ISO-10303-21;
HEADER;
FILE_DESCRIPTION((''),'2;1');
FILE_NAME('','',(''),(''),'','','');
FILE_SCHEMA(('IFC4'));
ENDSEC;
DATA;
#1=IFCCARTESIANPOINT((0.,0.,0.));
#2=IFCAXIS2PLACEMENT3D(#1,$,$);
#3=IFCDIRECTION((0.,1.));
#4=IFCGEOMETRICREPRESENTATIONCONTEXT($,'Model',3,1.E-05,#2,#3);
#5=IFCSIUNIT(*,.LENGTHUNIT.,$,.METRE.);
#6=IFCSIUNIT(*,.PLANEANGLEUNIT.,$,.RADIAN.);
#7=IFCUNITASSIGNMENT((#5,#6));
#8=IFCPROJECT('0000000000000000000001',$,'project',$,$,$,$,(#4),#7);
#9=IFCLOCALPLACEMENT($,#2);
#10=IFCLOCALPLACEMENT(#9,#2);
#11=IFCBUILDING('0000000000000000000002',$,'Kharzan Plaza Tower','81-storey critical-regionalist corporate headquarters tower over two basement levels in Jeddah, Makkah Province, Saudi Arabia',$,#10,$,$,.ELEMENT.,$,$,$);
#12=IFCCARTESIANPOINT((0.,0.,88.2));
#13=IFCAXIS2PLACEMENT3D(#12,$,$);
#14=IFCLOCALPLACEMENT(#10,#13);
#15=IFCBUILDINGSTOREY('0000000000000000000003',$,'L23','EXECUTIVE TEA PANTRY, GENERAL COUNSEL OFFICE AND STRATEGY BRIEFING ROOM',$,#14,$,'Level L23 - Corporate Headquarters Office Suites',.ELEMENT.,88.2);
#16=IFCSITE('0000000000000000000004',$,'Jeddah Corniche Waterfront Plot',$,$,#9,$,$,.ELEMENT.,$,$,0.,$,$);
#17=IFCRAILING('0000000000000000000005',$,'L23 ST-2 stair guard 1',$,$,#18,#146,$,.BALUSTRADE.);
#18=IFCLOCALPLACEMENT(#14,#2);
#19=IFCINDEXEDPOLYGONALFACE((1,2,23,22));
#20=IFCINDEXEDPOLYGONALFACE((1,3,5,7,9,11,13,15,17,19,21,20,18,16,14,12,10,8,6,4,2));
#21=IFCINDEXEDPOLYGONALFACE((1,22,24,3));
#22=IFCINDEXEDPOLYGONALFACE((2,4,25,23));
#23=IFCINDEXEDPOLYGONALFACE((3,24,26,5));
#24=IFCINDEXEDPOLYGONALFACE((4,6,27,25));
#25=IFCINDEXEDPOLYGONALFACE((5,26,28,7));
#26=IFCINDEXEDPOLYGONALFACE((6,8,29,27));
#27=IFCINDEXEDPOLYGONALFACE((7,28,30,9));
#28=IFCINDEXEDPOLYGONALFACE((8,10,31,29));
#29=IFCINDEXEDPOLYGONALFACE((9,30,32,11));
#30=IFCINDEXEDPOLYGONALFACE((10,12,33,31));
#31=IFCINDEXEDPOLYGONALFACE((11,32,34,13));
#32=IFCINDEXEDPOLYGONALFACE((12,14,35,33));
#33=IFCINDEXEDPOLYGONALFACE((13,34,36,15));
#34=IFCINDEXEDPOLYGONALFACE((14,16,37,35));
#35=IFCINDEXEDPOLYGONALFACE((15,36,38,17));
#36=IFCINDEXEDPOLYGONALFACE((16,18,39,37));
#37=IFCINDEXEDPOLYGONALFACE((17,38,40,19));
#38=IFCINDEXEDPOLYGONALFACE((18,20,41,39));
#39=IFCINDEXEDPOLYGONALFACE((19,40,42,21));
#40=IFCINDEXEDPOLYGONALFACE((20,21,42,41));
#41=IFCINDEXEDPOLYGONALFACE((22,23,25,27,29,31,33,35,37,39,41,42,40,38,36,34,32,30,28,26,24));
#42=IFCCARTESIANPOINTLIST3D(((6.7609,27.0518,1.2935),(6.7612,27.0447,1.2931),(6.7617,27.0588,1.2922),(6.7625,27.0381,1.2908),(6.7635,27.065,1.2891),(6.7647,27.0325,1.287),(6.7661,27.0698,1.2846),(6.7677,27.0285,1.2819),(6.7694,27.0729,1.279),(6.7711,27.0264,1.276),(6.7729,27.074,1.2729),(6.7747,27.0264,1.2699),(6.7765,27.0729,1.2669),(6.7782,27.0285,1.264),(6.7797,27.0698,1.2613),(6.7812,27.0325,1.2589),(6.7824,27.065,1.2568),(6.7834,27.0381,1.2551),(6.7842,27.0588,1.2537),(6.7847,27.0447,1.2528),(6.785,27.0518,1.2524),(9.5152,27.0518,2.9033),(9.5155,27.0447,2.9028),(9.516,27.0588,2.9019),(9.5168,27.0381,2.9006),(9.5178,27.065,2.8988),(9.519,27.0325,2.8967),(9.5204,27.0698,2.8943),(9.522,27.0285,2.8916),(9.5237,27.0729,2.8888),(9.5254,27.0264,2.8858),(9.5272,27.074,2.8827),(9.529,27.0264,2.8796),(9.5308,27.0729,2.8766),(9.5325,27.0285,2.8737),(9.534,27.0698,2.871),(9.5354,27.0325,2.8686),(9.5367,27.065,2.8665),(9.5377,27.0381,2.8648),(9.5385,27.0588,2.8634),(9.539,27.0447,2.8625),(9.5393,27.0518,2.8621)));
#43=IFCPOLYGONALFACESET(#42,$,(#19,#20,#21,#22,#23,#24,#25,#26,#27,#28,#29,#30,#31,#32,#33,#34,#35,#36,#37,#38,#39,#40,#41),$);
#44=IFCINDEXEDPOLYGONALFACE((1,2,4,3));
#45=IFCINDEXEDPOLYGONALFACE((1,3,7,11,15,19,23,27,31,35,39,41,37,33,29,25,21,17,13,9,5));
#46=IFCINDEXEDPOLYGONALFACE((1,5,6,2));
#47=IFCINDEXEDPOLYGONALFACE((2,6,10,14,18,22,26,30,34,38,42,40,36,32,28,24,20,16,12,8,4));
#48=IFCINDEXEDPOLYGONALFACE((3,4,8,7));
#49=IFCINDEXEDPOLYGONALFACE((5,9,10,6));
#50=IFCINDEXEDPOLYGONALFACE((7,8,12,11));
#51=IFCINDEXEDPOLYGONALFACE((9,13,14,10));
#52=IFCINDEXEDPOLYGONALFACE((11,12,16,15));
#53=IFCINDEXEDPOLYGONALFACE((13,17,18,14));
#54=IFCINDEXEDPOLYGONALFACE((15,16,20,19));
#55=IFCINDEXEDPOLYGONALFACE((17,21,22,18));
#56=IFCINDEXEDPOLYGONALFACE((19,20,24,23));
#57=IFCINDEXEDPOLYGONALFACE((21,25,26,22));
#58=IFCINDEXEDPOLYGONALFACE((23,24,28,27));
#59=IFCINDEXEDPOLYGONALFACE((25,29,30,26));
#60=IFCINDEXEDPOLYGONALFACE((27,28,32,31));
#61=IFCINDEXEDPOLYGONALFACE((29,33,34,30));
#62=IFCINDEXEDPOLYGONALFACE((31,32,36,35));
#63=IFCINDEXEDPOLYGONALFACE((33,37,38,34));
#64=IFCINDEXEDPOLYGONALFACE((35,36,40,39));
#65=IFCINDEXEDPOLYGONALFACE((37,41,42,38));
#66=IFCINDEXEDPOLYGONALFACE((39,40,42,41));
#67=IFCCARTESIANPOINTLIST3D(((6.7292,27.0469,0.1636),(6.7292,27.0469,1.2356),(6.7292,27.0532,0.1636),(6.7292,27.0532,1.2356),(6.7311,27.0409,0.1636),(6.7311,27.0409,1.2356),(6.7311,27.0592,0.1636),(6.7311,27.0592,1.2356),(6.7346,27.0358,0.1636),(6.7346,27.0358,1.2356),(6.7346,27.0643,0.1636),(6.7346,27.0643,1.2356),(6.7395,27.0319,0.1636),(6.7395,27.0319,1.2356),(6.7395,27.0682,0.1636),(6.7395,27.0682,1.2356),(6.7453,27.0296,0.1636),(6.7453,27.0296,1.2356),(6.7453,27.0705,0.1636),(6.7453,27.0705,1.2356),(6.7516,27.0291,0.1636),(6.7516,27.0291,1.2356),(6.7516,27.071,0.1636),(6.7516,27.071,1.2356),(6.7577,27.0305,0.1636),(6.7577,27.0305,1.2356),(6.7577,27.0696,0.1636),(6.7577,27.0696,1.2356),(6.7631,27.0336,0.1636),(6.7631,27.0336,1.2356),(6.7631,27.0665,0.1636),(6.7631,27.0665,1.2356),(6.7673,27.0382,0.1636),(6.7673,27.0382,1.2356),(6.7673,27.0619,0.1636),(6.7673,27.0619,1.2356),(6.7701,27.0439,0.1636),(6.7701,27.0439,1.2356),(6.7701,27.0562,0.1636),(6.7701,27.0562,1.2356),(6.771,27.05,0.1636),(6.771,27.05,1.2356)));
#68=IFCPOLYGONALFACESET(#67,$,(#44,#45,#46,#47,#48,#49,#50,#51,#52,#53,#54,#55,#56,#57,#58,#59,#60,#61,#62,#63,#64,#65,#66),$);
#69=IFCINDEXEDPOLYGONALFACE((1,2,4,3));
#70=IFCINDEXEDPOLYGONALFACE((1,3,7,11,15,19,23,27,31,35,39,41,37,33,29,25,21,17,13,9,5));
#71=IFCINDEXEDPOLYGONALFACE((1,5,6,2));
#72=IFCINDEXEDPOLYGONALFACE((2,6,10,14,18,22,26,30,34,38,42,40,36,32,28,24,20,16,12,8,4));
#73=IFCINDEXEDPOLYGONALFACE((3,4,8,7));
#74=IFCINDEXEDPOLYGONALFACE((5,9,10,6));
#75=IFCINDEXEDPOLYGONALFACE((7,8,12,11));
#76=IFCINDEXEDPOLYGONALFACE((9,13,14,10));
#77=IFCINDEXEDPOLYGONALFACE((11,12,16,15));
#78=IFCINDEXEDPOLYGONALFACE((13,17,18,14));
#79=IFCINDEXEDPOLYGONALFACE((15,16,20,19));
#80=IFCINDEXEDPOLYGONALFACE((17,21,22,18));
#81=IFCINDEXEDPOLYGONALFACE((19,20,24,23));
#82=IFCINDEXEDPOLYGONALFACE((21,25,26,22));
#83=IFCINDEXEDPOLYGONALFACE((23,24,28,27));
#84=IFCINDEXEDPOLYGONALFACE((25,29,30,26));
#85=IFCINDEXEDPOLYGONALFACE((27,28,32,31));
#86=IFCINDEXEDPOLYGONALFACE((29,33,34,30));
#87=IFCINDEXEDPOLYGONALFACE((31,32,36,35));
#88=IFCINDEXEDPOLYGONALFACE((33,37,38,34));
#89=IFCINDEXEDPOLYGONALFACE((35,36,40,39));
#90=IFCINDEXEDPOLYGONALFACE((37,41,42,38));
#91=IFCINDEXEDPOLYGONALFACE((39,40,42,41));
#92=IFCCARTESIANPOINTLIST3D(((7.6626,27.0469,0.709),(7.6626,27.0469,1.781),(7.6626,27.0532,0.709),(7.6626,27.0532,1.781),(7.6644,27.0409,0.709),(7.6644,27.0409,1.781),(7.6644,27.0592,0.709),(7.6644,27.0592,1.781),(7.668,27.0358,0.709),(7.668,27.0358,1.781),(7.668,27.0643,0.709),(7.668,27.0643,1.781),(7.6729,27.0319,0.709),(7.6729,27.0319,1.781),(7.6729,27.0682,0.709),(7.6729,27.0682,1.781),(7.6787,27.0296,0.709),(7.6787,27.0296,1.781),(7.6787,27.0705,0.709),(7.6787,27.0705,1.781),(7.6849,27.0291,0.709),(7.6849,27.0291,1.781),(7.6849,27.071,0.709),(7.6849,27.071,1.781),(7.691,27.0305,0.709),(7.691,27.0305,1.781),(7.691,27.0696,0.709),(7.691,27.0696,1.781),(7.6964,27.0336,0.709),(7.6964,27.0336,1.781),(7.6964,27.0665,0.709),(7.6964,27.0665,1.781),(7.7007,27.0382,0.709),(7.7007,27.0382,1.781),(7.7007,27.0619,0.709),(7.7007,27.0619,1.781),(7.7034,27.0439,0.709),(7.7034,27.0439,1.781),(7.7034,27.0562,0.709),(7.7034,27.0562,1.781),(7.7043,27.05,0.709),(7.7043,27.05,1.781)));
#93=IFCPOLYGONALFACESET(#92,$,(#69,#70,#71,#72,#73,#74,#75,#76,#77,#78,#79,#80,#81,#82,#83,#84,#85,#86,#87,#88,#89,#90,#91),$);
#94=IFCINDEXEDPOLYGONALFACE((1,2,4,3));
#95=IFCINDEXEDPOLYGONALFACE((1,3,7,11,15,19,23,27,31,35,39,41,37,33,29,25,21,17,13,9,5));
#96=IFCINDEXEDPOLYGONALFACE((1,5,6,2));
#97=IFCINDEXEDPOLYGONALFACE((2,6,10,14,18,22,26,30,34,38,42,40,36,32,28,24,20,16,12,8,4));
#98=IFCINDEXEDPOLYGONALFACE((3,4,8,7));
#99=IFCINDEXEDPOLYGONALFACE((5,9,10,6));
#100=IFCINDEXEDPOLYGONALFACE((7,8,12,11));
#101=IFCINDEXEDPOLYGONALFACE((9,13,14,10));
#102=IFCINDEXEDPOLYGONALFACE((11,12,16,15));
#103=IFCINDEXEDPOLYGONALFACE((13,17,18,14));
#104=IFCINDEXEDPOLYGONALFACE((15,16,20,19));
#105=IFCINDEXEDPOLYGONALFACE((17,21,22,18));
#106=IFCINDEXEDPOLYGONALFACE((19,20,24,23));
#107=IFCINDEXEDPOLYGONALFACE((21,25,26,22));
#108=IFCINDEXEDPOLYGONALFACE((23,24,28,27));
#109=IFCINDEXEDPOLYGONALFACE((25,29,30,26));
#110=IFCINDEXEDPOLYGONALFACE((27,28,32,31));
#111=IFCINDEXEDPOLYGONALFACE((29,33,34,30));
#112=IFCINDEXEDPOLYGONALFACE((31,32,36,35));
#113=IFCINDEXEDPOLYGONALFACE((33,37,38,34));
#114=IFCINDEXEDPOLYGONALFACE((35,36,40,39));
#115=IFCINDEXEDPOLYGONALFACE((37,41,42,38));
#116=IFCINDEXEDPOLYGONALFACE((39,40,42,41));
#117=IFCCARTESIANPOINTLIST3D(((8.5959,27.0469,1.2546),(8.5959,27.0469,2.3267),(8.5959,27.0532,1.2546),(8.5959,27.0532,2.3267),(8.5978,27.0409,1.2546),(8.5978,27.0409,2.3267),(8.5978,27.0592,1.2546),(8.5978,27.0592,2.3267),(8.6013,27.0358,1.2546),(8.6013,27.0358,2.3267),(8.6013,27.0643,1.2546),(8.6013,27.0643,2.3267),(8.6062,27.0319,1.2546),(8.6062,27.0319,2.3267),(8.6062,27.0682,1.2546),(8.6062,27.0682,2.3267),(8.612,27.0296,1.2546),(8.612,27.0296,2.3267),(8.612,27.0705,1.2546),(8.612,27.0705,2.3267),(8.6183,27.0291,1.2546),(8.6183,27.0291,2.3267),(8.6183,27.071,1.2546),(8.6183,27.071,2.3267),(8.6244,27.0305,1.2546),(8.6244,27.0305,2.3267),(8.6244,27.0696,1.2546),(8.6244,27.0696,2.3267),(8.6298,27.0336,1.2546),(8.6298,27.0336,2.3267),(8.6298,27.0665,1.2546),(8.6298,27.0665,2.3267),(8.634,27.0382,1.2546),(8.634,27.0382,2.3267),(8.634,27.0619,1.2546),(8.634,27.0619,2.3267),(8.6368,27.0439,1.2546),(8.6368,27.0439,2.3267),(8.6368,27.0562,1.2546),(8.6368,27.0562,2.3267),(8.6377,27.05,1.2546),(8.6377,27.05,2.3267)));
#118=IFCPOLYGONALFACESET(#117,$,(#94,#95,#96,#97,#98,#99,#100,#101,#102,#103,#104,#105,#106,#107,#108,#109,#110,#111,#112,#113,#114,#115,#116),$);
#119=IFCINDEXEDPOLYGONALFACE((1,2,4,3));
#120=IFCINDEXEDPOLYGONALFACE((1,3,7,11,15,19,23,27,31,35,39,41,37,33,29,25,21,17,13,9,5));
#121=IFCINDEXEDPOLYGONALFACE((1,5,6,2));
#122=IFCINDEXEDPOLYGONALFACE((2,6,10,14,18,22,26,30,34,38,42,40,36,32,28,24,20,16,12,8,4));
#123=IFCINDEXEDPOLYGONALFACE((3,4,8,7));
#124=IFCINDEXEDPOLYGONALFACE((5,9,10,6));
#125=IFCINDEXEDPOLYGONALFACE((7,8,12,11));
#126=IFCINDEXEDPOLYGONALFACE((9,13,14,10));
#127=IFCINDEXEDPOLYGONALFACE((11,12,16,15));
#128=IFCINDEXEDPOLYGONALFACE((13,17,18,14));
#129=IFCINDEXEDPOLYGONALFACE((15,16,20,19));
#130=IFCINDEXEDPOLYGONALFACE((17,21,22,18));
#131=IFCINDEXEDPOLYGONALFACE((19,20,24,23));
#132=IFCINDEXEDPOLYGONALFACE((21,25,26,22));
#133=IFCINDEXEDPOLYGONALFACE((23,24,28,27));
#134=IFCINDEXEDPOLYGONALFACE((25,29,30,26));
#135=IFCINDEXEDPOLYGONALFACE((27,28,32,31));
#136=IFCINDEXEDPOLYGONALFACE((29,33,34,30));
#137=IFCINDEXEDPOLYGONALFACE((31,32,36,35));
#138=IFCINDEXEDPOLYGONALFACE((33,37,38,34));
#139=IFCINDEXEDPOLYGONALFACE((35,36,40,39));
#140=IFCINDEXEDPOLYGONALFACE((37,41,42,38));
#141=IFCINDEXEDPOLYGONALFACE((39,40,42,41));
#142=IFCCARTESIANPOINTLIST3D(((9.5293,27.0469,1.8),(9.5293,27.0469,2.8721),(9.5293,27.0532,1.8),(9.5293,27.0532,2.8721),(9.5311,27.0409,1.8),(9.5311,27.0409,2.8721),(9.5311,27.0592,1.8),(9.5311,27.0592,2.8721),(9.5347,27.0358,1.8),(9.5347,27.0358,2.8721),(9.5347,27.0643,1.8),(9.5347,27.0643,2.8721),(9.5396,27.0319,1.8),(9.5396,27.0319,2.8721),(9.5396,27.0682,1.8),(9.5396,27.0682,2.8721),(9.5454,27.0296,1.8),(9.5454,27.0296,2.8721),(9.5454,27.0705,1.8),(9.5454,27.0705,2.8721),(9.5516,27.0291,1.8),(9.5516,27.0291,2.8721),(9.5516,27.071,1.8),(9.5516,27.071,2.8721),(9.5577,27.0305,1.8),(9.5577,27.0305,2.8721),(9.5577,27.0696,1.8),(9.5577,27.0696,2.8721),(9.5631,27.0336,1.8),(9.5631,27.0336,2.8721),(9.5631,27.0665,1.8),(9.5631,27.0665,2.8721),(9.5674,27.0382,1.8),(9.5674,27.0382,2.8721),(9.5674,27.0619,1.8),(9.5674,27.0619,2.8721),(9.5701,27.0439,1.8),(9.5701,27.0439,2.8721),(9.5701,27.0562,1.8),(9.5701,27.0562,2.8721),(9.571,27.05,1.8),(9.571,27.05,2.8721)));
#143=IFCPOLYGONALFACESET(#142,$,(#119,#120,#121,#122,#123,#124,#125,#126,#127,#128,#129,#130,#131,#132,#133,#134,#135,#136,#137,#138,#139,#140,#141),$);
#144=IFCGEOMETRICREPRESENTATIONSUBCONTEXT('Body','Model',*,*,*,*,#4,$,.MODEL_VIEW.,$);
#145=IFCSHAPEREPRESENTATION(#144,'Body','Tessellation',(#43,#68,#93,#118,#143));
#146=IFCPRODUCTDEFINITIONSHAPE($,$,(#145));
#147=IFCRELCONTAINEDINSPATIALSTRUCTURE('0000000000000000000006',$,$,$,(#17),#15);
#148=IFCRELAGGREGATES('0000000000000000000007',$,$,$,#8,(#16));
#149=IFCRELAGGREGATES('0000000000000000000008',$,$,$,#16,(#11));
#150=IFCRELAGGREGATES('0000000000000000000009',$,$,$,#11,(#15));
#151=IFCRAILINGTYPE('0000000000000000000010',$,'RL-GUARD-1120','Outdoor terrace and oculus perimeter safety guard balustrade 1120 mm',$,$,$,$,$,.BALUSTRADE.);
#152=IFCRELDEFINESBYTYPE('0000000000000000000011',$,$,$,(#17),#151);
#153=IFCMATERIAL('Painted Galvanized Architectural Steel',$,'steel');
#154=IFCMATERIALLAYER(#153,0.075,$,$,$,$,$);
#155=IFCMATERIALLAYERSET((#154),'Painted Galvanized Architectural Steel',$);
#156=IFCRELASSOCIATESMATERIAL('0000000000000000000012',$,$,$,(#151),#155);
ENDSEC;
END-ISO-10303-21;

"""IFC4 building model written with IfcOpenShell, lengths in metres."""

from ifc_helpers import new_model, si_unit, direction, frame, origin, origin_2d, place, context, subcontext, project, spatial, circle, extrude, source, transform, mapped, material, layer, layer_set, type_object, element, save


model = new_model("IFC4")

# Units and contexts
model_context = context("Model", 3, precision=1e-05, world=origin(), true_north=direction((0.0, 1.0)))
body_context = subcontext(model_context, "Body", "Model", "MODEL_VIEW")
ifc_project = project(units=[si_unit("LENGTHUNIT", "METRE"), si_unit("PLANEANGLEUNIT", "RADIAN")], contexts=[model_context])

# Site, building, storey
site_placement = place(None, origin())
site = spatial("IfcSite", under=ifc_project, at=site_placement, Name="Jeddah Corniche Waterfront Plot", CompositionType="ELEMENT", RefElevation=0.0)
building_placement = place(site_placement, origin())
building = spatial("IfcBuilding", under=site, at=building_placement, Name="Kharzan Plaza Tower", Description="81-storey critical-regionalist corporate headquarters tower over two basement levels in Jeddah, Makkah Province, Saudi Arabia", CompositionType="ELEMENT")
storey_placement = place(building_placement, frame((0.0, 0.0, 88.2)))
storey = spatial("IfcBuildingStorey", under=building, at=storey_placement, Name="L23", Description="EXECUTIVE TEA PANTRY, GENERAL COUNSEL OFFICE AND STRATEGY BRIEFING ROOM", LongName="Level L23 - Corporate Headquarters Office Suites", CompositionType="ELEMENT", Elevation=88.2)

# Railing
ifc_material_1 = material(Name="Painted Galvanized Architectural Steel", Category="steel")
ifc_layer_1 = layer(ifc_material_1, 0.075)
ifc_layer_set_1 = layer_set([ifc_layer_1], Name="Painted Galvanized Architectural Steel")
railing_type_1 = type_object("IfcRailingType", Name="RL-GUARD-1120", Description="Outdoor terrace and oculus perimeter safety guard balustrade 1120 mm", PredefinedType="BALUSTRADE", material=ifc_layer_set_1)
shared_shape_1 = source(origin(), body_context, "Body", "SweptSolid", [
    extrude(circle(Radius=0.0239, at=origin_2d()), frame((0.0229, 0.0, 1.1094), z_axis=(0.863361, 0.0, 0.504587), x_axis=(0.0, 1.0, 0.0)), (0.0, 0.0, 1.0), 3.1902),
    extrude(circle(Radius=0.021, at=origin_2d()), origin(), (0.0, 0.0, 1.0), 1.072),
    extrude(circle(Radius=0.021, at=origin_2d()), frame((0.9333, 0.0, 0.5454)), (0.0, 0.0, 1.0), 1.072),
    extrude(circle(Radius=0.021, at=origin_2d()), frame((1.8667, 0.0, 1.0911)), (0.0, 0.0, 1.0), 1.072),
    extrude(circle(Radius=0.021, at=origin_2d()), frame((2.8, 0.0, 1.6365)), (0.0, 0.0, 1.0), 1.072),
])
railing_1_placement = place(storey_placement, frame((6.75, 27.05, 0.1636)))
element("IfcRailing", 1, at=railing_1_placement, inside=storey, type_object=railing_type_1, Name="L23 ST-2 stair guard 1", PredefinedType="BALUSTRADE", context=body_context, shape_type="MappedRepresentation", body=[
    mapped(shared_shape_1, transform((0.0, 0.0, 0.0), x_axis=(1.0, 0.0, 0.0), y_axis=(0.0, 1.0, 0.0), z_axis=(0.0, 0.0, 1.0))),
])

save(model, "model.ifc")
